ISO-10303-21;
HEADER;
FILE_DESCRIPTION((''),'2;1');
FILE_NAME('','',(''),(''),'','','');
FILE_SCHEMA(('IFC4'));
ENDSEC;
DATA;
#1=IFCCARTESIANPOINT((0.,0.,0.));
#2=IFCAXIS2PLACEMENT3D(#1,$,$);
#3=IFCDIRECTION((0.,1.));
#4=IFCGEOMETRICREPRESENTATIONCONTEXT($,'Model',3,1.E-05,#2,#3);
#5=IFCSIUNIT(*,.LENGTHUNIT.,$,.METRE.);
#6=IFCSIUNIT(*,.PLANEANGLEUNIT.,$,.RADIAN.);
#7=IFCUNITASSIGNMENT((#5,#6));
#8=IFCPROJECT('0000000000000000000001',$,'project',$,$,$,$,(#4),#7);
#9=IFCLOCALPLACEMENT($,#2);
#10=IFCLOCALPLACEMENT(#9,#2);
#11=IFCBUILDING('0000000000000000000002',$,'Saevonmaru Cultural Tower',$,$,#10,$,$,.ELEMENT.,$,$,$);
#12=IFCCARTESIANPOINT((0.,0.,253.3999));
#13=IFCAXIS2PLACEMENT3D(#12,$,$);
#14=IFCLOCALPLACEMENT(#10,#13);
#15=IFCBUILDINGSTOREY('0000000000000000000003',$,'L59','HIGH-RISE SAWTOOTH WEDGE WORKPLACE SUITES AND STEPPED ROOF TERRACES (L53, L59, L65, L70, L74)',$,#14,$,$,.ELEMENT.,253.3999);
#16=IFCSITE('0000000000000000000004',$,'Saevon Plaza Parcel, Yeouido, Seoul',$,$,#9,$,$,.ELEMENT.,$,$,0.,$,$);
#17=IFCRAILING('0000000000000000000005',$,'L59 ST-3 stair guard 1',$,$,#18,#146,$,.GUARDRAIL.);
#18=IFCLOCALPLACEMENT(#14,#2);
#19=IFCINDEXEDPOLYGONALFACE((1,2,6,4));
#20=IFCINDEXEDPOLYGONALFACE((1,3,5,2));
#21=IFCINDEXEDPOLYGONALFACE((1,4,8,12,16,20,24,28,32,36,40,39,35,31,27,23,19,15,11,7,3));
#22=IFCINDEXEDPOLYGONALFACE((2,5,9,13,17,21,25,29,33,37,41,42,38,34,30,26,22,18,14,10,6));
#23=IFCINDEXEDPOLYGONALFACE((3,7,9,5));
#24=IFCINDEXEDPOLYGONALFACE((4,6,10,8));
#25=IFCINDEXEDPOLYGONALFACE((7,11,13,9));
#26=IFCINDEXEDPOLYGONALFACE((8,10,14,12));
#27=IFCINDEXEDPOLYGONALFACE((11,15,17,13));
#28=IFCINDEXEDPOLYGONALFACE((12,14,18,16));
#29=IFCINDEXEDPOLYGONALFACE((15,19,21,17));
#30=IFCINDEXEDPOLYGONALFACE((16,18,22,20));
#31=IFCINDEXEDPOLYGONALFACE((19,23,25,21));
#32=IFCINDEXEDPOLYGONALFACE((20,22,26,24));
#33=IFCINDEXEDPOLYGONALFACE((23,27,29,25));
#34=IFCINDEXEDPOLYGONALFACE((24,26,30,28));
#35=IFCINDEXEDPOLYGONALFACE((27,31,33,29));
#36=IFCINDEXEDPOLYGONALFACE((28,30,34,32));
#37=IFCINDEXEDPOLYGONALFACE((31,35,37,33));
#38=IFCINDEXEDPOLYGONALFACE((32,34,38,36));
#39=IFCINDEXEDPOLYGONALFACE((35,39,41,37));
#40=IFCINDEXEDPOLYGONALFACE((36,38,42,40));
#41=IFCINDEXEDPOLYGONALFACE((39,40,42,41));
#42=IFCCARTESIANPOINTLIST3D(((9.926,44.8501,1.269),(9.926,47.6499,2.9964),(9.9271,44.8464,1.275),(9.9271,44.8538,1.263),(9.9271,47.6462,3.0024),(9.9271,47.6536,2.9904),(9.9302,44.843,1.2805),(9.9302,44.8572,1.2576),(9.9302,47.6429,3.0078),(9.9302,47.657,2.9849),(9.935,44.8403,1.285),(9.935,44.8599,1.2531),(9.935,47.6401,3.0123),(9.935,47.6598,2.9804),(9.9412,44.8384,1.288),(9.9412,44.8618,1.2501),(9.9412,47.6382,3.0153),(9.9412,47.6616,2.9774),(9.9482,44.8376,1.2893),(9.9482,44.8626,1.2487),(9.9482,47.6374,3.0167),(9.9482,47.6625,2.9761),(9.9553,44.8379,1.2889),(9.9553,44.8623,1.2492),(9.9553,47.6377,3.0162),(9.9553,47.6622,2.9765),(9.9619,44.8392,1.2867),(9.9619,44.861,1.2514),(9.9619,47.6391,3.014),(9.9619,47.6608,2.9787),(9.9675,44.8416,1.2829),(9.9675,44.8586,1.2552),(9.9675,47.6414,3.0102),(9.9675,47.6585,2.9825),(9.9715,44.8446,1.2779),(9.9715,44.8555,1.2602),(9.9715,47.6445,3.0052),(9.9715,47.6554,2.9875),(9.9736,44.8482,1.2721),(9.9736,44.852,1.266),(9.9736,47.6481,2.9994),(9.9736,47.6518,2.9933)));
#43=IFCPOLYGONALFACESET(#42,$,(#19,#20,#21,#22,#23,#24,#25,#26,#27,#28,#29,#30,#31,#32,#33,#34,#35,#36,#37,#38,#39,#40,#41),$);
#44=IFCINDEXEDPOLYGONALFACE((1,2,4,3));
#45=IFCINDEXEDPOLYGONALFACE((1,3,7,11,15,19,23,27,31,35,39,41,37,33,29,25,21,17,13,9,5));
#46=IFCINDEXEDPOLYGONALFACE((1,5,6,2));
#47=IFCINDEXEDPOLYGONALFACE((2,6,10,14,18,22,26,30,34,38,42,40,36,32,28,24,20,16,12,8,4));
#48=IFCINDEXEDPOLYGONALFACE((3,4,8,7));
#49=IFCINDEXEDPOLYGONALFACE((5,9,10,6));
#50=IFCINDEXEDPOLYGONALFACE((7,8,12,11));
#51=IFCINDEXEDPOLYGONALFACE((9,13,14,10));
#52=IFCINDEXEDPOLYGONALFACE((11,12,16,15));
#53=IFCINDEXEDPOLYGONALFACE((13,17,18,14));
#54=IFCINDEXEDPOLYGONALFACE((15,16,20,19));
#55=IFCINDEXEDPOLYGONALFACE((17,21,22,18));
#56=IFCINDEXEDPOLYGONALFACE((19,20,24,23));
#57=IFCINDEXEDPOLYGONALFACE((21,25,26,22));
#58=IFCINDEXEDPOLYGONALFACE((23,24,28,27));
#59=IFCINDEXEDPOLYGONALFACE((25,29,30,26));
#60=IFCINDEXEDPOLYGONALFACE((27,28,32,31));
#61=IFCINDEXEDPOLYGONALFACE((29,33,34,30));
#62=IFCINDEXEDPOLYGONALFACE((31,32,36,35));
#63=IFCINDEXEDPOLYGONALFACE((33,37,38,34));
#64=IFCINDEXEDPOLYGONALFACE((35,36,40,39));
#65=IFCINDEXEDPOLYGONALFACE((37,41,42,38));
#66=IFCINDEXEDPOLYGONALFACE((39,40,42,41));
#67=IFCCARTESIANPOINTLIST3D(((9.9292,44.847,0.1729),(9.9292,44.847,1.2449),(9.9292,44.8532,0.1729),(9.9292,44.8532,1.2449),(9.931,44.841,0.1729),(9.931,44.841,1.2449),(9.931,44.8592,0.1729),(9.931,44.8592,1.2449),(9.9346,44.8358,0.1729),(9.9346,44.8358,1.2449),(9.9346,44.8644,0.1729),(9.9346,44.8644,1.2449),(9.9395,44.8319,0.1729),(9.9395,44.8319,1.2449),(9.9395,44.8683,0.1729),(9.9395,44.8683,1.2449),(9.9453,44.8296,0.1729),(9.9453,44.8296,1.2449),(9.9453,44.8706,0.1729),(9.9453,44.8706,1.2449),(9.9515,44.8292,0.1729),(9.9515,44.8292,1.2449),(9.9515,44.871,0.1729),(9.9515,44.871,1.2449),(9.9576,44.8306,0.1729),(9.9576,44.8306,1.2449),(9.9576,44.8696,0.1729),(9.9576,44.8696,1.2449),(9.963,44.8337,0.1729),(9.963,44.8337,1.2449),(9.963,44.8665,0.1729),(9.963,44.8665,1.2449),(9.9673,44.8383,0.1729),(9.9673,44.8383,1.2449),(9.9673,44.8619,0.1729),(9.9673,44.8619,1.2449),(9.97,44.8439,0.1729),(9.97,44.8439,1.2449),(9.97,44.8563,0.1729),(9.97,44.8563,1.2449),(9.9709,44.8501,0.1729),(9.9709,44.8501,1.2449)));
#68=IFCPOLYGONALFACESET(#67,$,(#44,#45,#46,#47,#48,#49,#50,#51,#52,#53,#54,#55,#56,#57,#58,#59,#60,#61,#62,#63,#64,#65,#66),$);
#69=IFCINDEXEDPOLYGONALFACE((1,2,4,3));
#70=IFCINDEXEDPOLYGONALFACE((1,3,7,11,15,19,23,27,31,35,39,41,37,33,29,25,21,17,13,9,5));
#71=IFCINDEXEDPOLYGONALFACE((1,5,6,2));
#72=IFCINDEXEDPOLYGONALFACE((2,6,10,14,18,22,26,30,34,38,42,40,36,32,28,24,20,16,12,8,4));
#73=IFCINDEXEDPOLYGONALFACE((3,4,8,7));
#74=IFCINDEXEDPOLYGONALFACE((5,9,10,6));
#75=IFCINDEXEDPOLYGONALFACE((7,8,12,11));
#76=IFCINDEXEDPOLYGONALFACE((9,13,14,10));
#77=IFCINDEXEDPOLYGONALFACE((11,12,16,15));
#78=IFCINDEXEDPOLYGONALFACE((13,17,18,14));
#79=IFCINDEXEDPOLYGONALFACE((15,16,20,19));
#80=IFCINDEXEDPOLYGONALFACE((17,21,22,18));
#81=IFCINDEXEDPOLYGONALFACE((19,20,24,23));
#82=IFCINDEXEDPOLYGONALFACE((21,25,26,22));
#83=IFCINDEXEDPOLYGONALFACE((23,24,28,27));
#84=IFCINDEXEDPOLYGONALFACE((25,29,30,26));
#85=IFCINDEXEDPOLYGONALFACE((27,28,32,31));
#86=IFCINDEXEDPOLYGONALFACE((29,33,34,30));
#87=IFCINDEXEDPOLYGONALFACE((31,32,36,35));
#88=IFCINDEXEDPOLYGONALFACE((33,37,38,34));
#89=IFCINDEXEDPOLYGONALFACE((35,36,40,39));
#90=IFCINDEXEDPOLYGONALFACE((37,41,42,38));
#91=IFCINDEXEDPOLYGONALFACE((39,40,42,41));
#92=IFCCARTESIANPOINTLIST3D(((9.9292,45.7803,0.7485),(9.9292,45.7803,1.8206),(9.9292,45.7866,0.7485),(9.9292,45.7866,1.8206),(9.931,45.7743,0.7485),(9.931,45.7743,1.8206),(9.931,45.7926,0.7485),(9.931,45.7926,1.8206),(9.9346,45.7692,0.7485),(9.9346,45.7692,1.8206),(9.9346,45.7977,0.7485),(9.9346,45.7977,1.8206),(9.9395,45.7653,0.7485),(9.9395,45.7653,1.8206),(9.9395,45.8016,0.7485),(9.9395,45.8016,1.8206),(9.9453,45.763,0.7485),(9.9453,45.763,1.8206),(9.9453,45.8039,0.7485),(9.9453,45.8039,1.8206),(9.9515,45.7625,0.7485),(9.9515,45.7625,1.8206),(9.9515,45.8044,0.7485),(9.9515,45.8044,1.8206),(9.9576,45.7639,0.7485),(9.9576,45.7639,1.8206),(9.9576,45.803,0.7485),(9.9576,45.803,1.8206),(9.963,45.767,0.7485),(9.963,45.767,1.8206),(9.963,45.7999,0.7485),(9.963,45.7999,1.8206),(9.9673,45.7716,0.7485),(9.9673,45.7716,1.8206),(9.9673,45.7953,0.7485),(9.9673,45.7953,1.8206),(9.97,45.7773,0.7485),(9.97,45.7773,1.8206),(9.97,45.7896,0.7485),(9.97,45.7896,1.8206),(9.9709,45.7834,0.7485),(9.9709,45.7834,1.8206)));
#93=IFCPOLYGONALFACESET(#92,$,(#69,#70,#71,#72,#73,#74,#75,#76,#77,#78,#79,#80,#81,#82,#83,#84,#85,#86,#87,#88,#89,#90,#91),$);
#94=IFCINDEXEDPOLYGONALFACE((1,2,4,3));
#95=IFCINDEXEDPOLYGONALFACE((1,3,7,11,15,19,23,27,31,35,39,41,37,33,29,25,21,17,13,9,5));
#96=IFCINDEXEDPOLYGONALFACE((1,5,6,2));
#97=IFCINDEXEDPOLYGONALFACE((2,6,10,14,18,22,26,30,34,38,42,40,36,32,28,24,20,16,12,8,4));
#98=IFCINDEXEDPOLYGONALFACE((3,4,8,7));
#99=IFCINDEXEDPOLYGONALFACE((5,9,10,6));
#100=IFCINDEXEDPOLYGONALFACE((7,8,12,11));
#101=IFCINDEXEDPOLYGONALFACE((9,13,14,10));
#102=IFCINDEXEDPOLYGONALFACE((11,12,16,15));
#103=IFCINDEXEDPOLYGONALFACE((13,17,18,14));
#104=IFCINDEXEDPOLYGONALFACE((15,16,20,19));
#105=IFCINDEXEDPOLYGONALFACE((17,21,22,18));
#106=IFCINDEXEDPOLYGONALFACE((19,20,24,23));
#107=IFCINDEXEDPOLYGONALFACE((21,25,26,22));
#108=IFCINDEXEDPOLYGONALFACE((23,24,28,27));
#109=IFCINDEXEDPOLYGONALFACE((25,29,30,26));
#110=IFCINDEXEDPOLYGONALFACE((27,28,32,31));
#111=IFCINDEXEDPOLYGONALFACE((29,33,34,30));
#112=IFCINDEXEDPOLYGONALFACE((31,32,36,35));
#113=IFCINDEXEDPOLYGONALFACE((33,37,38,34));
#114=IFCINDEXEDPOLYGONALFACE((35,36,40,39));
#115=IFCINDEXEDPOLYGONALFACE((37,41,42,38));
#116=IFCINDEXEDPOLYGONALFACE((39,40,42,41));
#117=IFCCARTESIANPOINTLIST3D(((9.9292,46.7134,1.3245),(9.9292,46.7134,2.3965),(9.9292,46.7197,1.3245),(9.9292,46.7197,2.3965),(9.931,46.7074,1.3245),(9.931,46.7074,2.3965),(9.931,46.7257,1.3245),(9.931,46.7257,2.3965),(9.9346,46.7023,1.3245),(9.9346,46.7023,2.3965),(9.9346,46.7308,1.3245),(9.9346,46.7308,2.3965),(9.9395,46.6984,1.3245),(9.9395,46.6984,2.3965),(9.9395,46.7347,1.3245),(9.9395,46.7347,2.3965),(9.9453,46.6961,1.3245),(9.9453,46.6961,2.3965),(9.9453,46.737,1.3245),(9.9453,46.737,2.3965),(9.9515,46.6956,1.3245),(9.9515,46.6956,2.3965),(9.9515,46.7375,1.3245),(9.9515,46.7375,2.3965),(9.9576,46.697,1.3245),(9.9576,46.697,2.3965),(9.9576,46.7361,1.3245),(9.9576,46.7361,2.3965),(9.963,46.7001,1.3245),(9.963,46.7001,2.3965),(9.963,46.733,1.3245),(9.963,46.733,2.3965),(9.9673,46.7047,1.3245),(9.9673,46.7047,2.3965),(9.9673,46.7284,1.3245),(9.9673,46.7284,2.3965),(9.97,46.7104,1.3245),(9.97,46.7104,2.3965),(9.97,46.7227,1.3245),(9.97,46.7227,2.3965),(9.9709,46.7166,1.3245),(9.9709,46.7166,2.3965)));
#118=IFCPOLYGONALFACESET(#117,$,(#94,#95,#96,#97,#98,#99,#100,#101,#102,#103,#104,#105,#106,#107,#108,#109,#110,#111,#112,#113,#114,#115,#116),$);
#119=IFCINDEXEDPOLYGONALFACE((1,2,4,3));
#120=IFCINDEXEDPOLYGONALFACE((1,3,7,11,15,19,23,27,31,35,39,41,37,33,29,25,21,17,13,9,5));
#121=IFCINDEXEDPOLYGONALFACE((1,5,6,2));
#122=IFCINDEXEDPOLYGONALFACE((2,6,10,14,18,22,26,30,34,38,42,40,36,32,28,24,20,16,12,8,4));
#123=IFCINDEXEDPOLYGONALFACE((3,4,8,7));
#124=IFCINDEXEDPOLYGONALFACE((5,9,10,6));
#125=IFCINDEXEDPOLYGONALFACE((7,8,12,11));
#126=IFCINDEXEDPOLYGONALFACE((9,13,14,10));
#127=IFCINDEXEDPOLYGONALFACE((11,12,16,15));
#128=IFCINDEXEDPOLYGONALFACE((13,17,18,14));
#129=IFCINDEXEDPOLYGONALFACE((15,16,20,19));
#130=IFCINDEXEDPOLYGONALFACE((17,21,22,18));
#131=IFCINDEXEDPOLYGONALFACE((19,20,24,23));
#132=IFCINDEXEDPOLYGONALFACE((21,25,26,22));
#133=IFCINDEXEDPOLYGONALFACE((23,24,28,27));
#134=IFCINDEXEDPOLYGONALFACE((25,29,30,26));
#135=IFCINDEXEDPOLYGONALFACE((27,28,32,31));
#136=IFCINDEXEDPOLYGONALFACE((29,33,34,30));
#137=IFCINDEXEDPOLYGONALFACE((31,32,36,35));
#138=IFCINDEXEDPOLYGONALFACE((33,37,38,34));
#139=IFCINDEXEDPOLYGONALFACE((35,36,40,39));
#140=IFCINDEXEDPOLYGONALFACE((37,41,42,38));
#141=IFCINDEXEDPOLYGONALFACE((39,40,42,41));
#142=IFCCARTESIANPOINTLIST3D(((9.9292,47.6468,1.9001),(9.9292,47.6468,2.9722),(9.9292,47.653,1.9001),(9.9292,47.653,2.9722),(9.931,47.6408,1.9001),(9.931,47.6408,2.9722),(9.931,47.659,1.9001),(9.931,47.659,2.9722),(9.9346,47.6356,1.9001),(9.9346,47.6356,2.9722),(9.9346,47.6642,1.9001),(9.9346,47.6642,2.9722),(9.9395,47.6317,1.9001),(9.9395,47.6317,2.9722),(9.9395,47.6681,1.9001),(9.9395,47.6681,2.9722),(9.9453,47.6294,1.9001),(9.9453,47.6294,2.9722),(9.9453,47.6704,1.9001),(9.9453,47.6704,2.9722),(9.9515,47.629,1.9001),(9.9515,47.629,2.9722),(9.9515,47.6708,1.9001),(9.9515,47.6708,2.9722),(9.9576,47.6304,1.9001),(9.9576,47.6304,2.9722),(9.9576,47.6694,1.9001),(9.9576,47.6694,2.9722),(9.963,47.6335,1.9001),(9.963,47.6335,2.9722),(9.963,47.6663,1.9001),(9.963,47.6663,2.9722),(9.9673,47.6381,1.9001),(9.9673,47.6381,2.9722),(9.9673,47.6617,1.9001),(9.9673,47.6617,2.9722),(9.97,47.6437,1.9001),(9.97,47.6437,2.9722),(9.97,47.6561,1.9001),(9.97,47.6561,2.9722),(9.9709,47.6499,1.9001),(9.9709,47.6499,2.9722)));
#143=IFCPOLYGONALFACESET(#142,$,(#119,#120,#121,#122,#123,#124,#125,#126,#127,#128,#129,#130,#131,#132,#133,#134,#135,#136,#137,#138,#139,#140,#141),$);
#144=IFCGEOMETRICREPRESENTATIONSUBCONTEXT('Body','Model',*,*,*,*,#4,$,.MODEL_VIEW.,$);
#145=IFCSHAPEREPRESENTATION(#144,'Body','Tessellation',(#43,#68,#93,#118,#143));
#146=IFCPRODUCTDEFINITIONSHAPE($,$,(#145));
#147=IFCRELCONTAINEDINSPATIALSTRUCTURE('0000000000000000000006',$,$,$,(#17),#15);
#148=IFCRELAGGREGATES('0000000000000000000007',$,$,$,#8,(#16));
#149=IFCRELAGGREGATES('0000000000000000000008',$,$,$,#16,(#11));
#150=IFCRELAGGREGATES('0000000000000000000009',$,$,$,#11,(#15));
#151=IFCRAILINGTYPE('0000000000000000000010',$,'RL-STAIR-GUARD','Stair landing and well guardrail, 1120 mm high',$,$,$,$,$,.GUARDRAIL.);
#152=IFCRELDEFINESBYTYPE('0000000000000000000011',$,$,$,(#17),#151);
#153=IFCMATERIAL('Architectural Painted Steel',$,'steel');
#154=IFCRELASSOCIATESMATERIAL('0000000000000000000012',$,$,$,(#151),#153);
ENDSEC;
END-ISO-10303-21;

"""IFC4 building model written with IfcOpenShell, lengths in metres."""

from ifc_helpers import new_model, si_unit, direction, frame, origin, origin_2d, place, context, subcontext, project, spatial, circle, extrude, material, type_object, element, save


model = new_model("IFC4")

# Units and contexts
model_context = context("Model", 3, precision=1e-05, world=origin(), true_north=direction((0.0, 1.0)))
body_context = subcontext(model_context, "Body", "Model", "MODEL_VIEW")
ifc_project = project(units=[si_unit("LENGTHUNIT", "METRE"), si_unit("PLANEANGLEUNIT", "RADIAN")], contexts=[model_context])

# Site, building, storey
site_placement = place(None, origin())
site = spatial("IfcSite", under=ifc_project, at=site_placement, Name="Saevon Plaza Parcel, Yeouido, Seoul", CompositionType="ELEMENT", RefElevation=0.0)
building_placement = place(site_placement, origin())
building = spatial("IfcBuilding", under=site, at=building_placement, Name="Saevonmaru Cultural Tower", CompositionType="ELEMENT")
storey_placement = place(building_placement, frame((0.0, 0.0, 253.3999)))
storey = spatial("IfcBuildingStorey", under=building, at=storey_placement, Name="L59", Description="HIGH-RISE SAWTOOTH WEDGE WORKPLACE SUITES AND STEPPED ROOF TERRACES (L53, L59, L65, L70, L74)", CompositionType="ELEMENT", Elevation=253.3999)

# Railing
ifc_material_1 = material(Name="Architectural Painted Steel", Category="steel")
railing_type_1 = type_object("IfcRailingType", Name="RL-STAIR-GUARD", Description="Stair landing and well guardrail, 1120 mm high", PredefinedType="GUARDRAIL", material=ifc_material_1)
railing_1_placement = place(storey_placement, frame((9.95, 44.8501, 0.1729)))
element("IfcRailing", 1, at=railing_1_placement, inside=storey, type_object=railing_type_1, Name="L59 ST-3 stair guard 1", PredefinedType="GUARDRAIL", context=body_context, shape_type="SweptSolid", body=[
    extrude(circle(Radius=0.0239, at=origin_2d()), frame((0.0, 0.0, 1.0962), z_axis=(0.0, 0.851069, 0.525054), x_axis=(-1.0, 0.0, 0.0)), (0.0, 0.0, 1.0), 3.2898),
    extrude(circle(Radius=0.021, at=origin_2d()), origin(), (0.0, 0.0, 1.0), 1.072),
    extrude(circle(Radius=0.021, at=origin_2d()), frame((0.0, 0.9333, 0.5757)), (0.0, 0.0, 1.0), 1.072),
    extrude(circle(Radius=0.021, at=origin_2d()), frame((0.0, 1.8665, 1.1516)), (0.0, 0.0, 1.0), 1.072),
    extrude(circle(Radius=0.021, at=origin_2d()), frame((0.0, 2.7998, 1.7273)), (0.0, 0.0, 1.0), 1.072),
])

save(model, "model.ifc")
